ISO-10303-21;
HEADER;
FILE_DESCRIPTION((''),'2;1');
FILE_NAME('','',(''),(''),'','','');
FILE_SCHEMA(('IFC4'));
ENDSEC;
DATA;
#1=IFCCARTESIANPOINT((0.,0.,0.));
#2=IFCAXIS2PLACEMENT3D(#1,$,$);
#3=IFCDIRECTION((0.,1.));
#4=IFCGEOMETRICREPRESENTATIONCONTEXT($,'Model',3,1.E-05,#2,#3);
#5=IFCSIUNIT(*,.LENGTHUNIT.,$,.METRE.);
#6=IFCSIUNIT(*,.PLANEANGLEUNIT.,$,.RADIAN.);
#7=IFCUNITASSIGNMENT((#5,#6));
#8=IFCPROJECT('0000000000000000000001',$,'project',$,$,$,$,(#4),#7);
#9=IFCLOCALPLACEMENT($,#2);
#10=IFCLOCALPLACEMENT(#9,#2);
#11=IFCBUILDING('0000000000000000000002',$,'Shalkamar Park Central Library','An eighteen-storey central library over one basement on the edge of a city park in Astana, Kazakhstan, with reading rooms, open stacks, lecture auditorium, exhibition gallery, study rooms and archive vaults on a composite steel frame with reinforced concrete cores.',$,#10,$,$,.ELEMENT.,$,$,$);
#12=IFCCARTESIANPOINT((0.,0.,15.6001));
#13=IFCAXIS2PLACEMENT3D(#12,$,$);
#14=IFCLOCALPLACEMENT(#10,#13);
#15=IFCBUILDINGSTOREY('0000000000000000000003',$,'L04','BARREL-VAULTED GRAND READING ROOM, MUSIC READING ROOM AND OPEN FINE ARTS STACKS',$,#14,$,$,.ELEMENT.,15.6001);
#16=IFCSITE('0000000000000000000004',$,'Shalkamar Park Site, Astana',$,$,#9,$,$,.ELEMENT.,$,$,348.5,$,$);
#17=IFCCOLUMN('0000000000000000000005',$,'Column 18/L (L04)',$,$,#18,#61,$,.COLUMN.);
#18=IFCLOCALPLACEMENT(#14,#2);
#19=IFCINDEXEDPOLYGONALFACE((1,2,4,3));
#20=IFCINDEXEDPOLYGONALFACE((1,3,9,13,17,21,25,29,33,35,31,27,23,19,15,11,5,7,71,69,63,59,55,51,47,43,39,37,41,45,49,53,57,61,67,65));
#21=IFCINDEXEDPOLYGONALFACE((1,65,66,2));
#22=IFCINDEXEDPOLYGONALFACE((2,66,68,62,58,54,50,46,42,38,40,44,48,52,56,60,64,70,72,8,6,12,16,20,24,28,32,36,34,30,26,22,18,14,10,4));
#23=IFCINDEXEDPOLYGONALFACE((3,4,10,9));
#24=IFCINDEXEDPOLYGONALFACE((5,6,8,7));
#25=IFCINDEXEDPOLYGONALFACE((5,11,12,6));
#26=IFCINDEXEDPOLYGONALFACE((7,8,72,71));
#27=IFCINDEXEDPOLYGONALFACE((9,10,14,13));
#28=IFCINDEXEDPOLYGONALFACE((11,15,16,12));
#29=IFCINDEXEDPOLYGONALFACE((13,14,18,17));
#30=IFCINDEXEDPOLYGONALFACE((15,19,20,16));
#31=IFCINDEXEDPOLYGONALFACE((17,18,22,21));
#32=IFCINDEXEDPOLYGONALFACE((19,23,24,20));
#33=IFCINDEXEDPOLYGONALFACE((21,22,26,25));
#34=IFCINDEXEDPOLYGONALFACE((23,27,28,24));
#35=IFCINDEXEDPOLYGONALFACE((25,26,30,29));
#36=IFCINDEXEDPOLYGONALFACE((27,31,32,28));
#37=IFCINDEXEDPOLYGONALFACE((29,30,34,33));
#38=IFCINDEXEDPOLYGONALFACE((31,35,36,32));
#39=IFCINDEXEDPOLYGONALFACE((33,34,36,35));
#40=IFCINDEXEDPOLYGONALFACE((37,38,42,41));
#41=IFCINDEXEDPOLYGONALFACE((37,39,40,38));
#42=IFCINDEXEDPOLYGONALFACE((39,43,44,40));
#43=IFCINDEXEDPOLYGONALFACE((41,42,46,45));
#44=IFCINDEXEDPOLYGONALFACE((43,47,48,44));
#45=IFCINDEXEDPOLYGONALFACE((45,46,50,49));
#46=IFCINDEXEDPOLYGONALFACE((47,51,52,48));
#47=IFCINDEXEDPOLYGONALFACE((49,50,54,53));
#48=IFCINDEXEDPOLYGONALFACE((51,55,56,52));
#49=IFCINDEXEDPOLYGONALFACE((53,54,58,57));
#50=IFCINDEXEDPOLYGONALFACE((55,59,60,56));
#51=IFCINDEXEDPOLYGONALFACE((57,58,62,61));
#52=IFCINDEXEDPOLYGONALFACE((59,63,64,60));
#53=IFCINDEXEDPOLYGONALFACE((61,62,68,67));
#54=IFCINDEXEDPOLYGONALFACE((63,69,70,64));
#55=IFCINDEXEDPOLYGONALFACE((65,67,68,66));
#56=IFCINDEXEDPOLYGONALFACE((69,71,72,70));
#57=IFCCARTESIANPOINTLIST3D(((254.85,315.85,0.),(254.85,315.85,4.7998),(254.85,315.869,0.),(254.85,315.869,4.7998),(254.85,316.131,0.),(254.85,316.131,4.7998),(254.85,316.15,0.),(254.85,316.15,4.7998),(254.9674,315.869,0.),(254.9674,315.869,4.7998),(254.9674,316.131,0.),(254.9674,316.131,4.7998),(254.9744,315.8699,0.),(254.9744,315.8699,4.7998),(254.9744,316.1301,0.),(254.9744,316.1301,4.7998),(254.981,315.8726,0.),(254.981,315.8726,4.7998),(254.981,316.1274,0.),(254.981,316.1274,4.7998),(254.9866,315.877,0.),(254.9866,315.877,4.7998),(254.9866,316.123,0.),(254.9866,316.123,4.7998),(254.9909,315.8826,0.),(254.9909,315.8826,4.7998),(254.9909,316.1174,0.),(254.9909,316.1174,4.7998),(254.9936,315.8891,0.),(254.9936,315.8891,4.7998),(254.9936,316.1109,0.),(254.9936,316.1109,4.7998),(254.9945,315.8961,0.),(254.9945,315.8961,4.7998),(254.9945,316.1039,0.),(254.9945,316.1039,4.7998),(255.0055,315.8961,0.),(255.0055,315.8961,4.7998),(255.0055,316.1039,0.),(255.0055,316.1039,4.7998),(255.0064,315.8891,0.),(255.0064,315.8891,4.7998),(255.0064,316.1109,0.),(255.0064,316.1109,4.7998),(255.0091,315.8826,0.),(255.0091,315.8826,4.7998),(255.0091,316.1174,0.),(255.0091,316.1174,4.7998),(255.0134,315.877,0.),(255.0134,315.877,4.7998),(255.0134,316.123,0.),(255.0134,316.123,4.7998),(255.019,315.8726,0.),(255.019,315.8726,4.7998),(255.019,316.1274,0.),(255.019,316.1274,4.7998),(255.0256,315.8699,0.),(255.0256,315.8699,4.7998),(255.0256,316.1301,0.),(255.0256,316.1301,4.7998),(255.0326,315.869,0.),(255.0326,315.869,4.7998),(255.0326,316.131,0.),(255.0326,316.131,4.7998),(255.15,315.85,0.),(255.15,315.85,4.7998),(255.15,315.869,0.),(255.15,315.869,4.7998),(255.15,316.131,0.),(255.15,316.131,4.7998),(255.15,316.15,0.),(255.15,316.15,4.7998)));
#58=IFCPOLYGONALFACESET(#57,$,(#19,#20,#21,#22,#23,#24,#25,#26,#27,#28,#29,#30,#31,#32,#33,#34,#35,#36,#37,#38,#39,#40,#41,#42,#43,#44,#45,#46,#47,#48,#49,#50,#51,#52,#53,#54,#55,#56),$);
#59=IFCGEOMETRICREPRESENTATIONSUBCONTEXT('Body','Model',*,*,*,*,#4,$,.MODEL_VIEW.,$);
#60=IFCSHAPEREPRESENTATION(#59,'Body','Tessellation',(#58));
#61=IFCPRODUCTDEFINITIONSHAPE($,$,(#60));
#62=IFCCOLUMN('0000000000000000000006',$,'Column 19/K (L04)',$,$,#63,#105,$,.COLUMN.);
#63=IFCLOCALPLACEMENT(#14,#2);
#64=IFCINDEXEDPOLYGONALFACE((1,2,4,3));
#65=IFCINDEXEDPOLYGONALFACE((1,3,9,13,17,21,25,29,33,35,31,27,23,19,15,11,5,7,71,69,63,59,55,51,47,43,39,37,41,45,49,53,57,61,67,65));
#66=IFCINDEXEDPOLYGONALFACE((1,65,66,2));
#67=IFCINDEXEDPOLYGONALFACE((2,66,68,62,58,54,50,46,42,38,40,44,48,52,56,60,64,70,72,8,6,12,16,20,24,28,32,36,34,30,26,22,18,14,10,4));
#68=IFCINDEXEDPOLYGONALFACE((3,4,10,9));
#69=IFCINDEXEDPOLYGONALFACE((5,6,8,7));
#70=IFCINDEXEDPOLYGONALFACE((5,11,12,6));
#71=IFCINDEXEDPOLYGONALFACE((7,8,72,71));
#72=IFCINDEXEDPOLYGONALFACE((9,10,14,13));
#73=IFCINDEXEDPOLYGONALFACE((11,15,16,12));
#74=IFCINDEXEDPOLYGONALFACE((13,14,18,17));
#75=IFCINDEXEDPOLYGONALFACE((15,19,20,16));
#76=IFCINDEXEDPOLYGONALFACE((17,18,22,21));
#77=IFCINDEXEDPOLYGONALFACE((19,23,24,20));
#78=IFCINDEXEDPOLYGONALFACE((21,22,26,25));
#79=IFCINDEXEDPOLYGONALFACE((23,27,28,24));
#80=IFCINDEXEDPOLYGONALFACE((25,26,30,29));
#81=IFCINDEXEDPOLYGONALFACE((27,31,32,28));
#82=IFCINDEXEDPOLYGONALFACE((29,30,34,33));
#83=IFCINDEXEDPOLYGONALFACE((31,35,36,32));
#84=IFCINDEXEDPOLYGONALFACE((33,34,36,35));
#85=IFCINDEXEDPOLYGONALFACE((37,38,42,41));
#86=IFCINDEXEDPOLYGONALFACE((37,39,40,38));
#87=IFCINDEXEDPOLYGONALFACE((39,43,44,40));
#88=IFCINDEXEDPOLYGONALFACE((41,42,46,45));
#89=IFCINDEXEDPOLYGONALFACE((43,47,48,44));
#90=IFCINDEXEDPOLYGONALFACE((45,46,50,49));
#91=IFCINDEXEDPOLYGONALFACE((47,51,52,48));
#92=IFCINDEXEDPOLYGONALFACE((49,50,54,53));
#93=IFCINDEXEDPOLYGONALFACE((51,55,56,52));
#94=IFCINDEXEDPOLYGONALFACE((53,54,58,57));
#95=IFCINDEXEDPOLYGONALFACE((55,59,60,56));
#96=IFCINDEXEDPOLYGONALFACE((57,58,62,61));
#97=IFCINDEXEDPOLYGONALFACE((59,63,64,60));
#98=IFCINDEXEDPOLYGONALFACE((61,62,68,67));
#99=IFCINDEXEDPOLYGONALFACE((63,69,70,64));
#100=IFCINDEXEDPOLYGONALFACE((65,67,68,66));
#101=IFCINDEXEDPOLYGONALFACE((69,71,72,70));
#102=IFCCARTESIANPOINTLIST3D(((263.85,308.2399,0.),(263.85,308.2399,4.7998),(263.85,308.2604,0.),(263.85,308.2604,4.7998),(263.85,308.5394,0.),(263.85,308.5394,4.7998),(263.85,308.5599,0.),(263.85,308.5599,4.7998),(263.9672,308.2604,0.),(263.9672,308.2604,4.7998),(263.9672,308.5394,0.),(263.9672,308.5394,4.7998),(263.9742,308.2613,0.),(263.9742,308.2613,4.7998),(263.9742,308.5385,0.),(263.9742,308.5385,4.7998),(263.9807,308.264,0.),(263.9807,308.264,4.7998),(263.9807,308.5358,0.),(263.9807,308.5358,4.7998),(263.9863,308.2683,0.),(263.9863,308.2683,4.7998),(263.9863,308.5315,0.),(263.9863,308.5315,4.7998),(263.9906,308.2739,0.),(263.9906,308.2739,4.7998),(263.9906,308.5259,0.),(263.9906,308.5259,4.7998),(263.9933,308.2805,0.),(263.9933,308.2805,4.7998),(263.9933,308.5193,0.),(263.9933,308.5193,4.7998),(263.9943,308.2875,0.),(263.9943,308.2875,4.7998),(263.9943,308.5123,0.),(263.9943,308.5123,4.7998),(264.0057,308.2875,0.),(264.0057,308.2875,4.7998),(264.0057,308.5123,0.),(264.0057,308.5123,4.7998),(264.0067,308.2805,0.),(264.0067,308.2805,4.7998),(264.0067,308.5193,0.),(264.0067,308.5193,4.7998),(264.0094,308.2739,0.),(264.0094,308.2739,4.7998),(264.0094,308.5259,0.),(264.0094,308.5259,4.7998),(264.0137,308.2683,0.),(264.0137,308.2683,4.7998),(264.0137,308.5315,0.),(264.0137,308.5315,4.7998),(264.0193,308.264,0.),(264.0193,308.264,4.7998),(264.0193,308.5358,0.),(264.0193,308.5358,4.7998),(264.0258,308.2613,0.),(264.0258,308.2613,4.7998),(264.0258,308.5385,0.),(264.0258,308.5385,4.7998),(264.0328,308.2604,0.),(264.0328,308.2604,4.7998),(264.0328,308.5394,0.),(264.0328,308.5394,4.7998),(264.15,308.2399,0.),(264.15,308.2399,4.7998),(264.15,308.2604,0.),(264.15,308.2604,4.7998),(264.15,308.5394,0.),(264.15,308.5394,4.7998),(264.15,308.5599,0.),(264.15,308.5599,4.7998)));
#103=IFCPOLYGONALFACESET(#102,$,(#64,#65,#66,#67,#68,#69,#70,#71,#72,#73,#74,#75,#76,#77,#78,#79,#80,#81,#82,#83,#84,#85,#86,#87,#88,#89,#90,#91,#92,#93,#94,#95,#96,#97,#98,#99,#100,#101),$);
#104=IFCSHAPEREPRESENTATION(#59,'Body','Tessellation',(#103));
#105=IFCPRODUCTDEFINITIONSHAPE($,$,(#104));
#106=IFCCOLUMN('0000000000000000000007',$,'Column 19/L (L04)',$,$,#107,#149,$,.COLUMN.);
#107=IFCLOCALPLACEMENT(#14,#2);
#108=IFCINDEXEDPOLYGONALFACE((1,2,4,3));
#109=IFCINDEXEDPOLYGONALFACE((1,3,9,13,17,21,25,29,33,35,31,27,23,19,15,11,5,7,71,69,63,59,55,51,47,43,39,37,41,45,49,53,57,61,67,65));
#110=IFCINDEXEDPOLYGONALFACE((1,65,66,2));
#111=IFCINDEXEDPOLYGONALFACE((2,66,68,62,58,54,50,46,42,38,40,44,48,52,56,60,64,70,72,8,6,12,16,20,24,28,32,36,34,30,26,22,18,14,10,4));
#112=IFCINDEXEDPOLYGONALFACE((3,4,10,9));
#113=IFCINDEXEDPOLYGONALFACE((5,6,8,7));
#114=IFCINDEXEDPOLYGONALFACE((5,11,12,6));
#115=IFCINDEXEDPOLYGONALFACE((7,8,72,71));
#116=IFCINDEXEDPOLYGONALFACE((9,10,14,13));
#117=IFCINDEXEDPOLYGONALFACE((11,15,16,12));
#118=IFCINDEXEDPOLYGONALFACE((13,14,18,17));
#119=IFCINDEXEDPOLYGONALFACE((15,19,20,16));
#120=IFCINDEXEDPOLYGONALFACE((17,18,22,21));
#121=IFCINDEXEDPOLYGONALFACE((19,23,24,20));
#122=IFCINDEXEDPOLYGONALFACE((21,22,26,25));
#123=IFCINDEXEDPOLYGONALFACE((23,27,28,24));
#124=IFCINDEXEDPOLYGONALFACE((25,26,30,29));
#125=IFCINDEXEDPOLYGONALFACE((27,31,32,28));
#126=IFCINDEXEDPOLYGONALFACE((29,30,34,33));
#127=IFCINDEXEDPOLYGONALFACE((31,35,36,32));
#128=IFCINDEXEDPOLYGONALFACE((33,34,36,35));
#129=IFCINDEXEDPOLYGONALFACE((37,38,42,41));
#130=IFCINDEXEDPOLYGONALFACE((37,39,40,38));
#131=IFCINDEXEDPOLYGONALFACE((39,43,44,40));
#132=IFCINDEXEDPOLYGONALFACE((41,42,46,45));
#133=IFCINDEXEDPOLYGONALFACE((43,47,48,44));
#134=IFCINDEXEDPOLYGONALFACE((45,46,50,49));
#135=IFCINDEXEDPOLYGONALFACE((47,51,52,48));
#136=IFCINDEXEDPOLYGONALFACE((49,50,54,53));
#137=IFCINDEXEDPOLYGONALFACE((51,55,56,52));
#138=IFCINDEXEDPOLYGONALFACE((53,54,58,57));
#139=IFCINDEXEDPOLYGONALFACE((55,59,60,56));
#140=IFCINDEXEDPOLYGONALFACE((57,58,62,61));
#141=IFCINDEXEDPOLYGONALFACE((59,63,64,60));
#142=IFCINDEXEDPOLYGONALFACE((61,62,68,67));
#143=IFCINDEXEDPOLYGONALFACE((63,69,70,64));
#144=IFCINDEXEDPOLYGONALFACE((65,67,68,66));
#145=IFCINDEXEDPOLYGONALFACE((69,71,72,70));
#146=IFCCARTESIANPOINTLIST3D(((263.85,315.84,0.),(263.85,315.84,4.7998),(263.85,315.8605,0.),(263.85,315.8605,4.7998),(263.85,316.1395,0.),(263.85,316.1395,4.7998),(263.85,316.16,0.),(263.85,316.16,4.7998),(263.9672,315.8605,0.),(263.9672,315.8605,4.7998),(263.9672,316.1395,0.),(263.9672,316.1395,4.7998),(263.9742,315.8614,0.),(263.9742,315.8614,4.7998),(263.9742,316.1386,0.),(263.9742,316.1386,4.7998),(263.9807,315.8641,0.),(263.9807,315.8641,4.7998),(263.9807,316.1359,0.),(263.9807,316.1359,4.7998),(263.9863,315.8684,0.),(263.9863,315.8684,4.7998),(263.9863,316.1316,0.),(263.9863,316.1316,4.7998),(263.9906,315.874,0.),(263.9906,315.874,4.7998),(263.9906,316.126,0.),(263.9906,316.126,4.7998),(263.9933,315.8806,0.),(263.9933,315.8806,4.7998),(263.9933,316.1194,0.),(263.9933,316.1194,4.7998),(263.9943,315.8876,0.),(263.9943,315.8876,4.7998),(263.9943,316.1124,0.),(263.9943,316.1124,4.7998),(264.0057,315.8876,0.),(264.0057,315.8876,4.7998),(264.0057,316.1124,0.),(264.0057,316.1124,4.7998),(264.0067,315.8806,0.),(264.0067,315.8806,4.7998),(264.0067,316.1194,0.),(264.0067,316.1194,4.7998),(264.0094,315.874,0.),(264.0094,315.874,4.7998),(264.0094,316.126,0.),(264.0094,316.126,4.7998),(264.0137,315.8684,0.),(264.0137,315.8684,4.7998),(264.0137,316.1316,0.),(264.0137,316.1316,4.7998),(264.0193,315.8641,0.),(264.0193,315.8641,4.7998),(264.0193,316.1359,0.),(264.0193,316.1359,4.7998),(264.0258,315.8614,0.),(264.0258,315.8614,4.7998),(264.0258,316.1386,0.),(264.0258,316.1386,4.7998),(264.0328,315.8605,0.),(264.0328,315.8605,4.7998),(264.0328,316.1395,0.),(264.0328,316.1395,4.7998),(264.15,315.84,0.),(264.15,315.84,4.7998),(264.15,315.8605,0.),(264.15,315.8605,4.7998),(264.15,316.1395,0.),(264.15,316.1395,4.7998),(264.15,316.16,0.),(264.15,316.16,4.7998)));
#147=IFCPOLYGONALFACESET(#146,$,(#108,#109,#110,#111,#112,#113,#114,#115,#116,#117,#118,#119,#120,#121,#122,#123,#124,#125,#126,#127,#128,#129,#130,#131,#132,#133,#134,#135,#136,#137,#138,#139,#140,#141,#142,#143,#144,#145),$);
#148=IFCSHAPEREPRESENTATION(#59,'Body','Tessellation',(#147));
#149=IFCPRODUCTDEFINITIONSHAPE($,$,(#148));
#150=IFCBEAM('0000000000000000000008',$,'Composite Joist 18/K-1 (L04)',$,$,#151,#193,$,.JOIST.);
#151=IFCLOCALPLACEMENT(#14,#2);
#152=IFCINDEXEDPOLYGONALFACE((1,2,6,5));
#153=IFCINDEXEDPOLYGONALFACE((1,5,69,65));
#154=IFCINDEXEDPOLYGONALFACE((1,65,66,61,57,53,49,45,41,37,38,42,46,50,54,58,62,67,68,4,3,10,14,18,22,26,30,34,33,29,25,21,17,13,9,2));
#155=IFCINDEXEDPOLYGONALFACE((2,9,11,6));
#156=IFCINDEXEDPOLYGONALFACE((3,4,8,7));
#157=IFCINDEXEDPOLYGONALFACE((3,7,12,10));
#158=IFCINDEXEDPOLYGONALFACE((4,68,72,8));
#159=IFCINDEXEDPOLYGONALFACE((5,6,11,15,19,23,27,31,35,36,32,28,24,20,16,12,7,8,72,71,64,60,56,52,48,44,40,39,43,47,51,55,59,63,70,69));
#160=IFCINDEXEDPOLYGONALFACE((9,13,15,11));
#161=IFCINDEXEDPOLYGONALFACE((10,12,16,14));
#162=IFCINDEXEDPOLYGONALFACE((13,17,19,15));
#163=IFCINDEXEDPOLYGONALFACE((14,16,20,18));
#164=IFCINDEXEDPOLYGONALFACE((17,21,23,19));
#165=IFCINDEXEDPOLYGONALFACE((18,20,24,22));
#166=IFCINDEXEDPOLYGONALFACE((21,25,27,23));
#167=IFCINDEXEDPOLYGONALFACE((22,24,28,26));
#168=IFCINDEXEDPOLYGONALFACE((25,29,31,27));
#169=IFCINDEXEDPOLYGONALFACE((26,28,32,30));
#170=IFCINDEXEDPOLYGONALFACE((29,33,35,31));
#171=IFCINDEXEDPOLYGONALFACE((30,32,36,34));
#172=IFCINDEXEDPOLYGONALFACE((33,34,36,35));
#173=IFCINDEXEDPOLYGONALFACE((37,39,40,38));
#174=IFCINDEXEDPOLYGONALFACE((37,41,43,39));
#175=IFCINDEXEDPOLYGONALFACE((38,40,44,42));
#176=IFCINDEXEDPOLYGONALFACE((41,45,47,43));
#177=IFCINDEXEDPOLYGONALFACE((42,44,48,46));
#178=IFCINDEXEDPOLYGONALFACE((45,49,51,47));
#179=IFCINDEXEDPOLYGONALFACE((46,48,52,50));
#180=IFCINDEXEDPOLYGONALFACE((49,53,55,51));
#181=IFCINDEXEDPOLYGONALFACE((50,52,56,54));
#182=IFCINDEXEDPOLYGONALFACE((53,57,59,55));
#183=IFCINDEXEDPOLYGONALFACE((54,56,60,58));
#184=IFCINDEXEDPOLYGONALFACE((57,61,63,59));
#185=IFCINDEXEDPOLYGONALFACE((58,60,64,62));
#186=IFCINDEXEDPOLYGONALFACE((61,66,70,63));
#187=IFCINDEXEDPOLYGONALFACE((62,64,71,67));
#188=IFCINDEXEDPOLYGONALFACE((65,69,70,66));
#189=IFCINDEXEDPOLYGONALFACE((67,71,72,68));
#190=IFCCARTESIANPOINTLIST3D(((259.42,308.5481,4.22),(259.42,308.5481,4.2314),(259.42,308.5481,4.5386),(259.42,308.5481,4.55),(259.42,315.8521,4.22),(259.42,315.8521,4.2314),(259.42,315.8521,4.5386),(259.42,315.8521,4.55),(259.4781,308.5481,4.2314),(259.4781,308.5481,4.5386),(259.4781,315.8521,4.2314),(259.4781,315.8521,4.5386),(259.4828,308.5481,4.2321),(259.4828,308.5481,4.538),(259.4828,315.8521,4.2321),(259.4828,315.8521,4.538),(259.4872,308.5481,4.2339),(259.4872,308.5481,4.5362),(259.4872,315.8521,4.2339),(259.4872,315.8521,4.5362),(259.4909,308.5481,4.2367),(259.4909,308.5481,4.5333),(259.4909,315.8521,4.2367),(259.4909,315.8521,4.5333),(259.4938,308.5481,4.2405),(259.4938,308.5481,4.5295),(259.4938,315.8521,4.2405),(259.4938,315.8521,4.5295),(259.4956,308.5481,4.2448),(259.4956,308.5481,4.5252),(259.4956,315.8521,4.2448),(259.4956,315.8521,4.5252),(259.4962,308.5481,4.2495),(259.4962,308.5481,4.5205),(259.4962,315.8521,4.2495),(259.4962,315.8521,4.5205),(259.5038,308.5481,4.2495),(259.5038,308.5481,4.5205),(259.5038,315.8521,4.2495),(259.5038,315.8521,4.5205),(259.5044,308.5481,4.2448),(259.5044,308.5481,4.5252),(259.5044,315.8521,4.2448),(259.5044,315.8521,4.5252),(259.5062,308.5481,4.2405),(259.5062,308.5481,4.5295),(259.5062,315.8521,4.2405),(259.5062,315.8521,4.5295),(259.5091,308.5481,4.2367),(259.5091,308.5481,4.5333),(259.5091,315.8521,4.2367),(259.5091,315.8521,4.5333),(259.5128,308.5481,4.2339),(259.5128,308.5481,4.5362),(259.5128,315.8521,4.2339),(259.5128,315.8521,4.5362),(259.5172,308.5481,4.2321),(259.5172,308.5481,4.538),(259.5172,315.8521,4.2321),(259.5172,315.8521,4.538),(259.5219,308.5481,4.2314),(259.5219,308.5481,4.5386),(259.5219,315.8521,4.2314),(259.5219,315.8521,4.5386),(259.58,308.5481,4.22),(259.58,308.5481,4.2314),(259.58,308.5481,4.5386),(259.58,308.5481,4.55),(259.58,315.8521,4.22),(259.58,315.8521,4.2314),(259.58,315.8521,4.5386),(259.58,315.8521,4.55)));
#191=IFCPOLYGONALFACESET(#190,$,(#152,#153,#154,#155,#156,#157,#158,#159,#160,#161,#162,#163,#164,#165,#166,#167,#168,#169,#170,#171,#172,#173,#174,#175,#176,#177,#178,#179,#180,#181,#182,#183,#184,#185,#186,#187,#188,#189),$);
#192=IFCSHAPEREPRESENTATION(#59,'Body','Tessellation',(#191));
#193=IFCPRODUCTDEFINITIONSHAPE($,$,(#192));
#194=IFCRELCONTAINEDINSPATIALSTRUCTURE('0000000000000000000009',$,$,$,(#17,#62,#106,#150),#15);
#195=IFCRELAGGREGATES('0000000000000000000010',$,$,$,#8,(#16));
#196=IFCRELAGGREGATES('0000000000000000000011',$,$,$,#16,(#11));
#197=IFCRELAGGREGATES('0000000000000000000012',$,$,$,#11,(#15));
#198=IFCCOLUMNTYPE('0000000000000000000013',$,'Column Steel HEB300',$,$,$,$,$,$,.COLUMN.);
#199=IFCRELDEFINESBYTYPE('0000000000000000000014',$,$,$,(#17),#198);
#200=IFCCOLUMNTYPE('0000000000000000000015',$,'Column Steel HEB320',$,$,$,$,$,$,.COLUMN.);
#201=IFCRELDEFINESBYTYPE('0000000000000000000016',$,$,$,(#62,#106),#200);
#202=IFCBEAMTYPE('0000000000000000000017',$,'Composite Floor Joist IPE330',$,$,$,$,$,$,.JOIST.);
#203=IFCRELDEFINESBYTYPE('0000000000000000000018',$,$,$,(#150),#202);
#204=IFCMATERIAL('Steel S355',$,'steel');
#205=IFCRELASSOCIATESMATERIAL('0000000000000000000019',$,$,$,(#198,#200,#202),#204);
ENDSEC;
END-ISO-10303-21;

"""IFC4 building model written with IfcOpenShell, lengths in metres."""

from ifc_helpers import new_model, si_unit, direction, frame, origin, origin_2d, place, context, subcontext, project, spatial, i_section, extrude, material, material_profile, profile_set, type_object, element, save


model = new_model("IFC4")

# Units and contexts
model_context = context("Model", 3, precision=1e-05, world=origin(), true_north=direction((0.0, 1.0)))
body_context = subcontext(model_context, "Body", "Model", "MODEL_VIEW")
ifc_project = project(units=[si_unit("LENGTHUNIT", "METRE"), si_unit("PLANEANGLEUNIT", "RADIAN")], contexts=[model_context])

# Site, building, storey
site_placement = place(None, origin())
site = spatial("IfcSite", under=ifc_project, at=site_placement, Name="Shalkamar Park Site, Astana", CompositionType="ELEMENT", RefElevation=348.5)
building_placement = place(site_placement, origin())
building = spatial("IfcBuilding", under=site, at=building_placement, Name="Shalkamar Park Central Library", Description="An eighteen-storey central library over one basement on the edge of a city park in Astana, Kazakhstan, with reading rooms, open stacks, lecture auditorium, exhibition gallery, study rooms and archive vaults on a composite steel frame with reinforced concrete cores.", CompositionType="ELEMENT")
storey_placement = place(building_placement, frame((0.0, 0.0, 15.6001)))
storey = spatial("IfcBuildingStorey", under=building, at=storey_placement, Name="L04", Description="BARREL-VAULTED GRAND READING ROOM, MUSIC READING ROOM AND OPEN FINE ARTS STACKS", CompositionType="ELEMENT", Elevation=15.6001)

# Columns
ifc_material_1 = material(Name="Steel S355", Category="steel")
ifc_material_profile_1 = material_profile(ifc_material_1, i_section(OverallWidth=0.3, OverallDepth=0.3, WebThickness=0.011, FlangeThickness=0.019, FilletRadius=0.0271, at=origin_2d()), Name="HEB 300")
ifc_profile_set_1 = profile_set([ifc_material_profile_1], Name="Steel S355")
column_type_1 = type_object("IfcColumnType", Name="Column Steel HEB300", PredefinedType="COLUMN", material=ifc_profile_set_1)
column_placement = place(storey_placement, frame((255.0, 316.0, 0.0), z_axis=(0.0, 0.0, 1.0), x_axis=(1.0, 0.0, 0.0)))
element("IfcColumn", 1, at=column_placement, inside=storey, type_object=column_type_1, Name="Column 18/L (L04)", PredefinedType="COLUMN", context=body_context, shape_type="SweptSolid", body=[
    extrude(i_section(OverallWidth=0.3, OverallDepth=0.3, WebThickness=0.011, FlangeThickness=0.019, FilletRadius=0.0271, at=origin_2d()), origin(), (0.0, 0.0, 1.0), 4.7998),
])
ifc_material_profile_2 = material_profile(ifc_material_1, i_section(OverallWidth=0.3, OverallDepth=0.3201, WebThickness=0.0115, FlangeThickness=0.0205, FilletRadius=0.0271, at=origin_2d()), Name="HEB 320")
ifc_profile_set_2 = profile_set([ifc_material_profile_2], Name="Steel S355")
column_type_2 = type_object("IfcColumnType", Name="Column Steel HEB320", PredefinedType="COLUMN", material=ifc_profile_set_2)
for number, where, z_axis, x_axis, name in (
    (2, (264.0, 308.3999, 0.0), (0.0, 0.0, 1.0), (1.0, 0.0, 0.0), "Column 19/K (L04)"),
    (3, (264.0, 316.0, 0.0), (0.0, 0.0, 1.0), (1.0, 0.0, 0.0), "Column 19/L (L04)"),
):
    element("IfcColumn", number, at=place(storey_placement, frame(where, z_axis=z_axis, x_axis=x_axis)), inside=storey, type_object=column_type_2, Name=name, PredefinedType="COLUMN", context=body_context, shape_type="SweptSolid", body=[
        extrude(i_section(OverallWidth=0.3, OverallDepth=0.3201, WebThickness=0.0115, FlangeThickness=0.0205, FilletRadius=0.0271, at=origin_2d()), origin(), (0.0, 0.0, 1.0), 4.7998),
    ])

# Beam
ifc_material_profile_3 = material_profile(ifc_material_1, i_section(OverallWidth=0.1599, OverallDepth=0.3301, WebThickness=0.0076, FlangeThickness=0.0115, FilletRadius=0.0181, at=origin_2d()), Name="IPE 330")
ifc_profile_set_3 = profile_set([ifc_material_profile_3], Name="Steel S355")
beam_type_1 = type_object("IfcBeamType", Name="Composite Floor Joist IPE330", PredefinedType="JOIST", material=ifc_profile_set_3)
beam_1_placement = place(storey_placement, frame((259.5, 308.5481, 4.385), z_axis=(0.0, 1.0, 0.0), x_axis=(-1.0, 0.0, 0.0)))
element("IfcBeam", 4, at=beam_1_placement, inside=storey, type_object=beam_type_1, Name="Composite Joist 18/K-1 (L04)", PredefinedType="JOIST", context=body_context, shape_type="SweptSolid", body=[
    extrude(i_section(OverallWidth=0.1599, OverallDepth=0.3301, WebThickness=0.0076, FlangeThickness=0.0115, FilletRadius=0.0181, at=origin_2d()), origin(), (0.0, 0.0, 1.0), 7.304),
])

save(model, "model.ifc")
